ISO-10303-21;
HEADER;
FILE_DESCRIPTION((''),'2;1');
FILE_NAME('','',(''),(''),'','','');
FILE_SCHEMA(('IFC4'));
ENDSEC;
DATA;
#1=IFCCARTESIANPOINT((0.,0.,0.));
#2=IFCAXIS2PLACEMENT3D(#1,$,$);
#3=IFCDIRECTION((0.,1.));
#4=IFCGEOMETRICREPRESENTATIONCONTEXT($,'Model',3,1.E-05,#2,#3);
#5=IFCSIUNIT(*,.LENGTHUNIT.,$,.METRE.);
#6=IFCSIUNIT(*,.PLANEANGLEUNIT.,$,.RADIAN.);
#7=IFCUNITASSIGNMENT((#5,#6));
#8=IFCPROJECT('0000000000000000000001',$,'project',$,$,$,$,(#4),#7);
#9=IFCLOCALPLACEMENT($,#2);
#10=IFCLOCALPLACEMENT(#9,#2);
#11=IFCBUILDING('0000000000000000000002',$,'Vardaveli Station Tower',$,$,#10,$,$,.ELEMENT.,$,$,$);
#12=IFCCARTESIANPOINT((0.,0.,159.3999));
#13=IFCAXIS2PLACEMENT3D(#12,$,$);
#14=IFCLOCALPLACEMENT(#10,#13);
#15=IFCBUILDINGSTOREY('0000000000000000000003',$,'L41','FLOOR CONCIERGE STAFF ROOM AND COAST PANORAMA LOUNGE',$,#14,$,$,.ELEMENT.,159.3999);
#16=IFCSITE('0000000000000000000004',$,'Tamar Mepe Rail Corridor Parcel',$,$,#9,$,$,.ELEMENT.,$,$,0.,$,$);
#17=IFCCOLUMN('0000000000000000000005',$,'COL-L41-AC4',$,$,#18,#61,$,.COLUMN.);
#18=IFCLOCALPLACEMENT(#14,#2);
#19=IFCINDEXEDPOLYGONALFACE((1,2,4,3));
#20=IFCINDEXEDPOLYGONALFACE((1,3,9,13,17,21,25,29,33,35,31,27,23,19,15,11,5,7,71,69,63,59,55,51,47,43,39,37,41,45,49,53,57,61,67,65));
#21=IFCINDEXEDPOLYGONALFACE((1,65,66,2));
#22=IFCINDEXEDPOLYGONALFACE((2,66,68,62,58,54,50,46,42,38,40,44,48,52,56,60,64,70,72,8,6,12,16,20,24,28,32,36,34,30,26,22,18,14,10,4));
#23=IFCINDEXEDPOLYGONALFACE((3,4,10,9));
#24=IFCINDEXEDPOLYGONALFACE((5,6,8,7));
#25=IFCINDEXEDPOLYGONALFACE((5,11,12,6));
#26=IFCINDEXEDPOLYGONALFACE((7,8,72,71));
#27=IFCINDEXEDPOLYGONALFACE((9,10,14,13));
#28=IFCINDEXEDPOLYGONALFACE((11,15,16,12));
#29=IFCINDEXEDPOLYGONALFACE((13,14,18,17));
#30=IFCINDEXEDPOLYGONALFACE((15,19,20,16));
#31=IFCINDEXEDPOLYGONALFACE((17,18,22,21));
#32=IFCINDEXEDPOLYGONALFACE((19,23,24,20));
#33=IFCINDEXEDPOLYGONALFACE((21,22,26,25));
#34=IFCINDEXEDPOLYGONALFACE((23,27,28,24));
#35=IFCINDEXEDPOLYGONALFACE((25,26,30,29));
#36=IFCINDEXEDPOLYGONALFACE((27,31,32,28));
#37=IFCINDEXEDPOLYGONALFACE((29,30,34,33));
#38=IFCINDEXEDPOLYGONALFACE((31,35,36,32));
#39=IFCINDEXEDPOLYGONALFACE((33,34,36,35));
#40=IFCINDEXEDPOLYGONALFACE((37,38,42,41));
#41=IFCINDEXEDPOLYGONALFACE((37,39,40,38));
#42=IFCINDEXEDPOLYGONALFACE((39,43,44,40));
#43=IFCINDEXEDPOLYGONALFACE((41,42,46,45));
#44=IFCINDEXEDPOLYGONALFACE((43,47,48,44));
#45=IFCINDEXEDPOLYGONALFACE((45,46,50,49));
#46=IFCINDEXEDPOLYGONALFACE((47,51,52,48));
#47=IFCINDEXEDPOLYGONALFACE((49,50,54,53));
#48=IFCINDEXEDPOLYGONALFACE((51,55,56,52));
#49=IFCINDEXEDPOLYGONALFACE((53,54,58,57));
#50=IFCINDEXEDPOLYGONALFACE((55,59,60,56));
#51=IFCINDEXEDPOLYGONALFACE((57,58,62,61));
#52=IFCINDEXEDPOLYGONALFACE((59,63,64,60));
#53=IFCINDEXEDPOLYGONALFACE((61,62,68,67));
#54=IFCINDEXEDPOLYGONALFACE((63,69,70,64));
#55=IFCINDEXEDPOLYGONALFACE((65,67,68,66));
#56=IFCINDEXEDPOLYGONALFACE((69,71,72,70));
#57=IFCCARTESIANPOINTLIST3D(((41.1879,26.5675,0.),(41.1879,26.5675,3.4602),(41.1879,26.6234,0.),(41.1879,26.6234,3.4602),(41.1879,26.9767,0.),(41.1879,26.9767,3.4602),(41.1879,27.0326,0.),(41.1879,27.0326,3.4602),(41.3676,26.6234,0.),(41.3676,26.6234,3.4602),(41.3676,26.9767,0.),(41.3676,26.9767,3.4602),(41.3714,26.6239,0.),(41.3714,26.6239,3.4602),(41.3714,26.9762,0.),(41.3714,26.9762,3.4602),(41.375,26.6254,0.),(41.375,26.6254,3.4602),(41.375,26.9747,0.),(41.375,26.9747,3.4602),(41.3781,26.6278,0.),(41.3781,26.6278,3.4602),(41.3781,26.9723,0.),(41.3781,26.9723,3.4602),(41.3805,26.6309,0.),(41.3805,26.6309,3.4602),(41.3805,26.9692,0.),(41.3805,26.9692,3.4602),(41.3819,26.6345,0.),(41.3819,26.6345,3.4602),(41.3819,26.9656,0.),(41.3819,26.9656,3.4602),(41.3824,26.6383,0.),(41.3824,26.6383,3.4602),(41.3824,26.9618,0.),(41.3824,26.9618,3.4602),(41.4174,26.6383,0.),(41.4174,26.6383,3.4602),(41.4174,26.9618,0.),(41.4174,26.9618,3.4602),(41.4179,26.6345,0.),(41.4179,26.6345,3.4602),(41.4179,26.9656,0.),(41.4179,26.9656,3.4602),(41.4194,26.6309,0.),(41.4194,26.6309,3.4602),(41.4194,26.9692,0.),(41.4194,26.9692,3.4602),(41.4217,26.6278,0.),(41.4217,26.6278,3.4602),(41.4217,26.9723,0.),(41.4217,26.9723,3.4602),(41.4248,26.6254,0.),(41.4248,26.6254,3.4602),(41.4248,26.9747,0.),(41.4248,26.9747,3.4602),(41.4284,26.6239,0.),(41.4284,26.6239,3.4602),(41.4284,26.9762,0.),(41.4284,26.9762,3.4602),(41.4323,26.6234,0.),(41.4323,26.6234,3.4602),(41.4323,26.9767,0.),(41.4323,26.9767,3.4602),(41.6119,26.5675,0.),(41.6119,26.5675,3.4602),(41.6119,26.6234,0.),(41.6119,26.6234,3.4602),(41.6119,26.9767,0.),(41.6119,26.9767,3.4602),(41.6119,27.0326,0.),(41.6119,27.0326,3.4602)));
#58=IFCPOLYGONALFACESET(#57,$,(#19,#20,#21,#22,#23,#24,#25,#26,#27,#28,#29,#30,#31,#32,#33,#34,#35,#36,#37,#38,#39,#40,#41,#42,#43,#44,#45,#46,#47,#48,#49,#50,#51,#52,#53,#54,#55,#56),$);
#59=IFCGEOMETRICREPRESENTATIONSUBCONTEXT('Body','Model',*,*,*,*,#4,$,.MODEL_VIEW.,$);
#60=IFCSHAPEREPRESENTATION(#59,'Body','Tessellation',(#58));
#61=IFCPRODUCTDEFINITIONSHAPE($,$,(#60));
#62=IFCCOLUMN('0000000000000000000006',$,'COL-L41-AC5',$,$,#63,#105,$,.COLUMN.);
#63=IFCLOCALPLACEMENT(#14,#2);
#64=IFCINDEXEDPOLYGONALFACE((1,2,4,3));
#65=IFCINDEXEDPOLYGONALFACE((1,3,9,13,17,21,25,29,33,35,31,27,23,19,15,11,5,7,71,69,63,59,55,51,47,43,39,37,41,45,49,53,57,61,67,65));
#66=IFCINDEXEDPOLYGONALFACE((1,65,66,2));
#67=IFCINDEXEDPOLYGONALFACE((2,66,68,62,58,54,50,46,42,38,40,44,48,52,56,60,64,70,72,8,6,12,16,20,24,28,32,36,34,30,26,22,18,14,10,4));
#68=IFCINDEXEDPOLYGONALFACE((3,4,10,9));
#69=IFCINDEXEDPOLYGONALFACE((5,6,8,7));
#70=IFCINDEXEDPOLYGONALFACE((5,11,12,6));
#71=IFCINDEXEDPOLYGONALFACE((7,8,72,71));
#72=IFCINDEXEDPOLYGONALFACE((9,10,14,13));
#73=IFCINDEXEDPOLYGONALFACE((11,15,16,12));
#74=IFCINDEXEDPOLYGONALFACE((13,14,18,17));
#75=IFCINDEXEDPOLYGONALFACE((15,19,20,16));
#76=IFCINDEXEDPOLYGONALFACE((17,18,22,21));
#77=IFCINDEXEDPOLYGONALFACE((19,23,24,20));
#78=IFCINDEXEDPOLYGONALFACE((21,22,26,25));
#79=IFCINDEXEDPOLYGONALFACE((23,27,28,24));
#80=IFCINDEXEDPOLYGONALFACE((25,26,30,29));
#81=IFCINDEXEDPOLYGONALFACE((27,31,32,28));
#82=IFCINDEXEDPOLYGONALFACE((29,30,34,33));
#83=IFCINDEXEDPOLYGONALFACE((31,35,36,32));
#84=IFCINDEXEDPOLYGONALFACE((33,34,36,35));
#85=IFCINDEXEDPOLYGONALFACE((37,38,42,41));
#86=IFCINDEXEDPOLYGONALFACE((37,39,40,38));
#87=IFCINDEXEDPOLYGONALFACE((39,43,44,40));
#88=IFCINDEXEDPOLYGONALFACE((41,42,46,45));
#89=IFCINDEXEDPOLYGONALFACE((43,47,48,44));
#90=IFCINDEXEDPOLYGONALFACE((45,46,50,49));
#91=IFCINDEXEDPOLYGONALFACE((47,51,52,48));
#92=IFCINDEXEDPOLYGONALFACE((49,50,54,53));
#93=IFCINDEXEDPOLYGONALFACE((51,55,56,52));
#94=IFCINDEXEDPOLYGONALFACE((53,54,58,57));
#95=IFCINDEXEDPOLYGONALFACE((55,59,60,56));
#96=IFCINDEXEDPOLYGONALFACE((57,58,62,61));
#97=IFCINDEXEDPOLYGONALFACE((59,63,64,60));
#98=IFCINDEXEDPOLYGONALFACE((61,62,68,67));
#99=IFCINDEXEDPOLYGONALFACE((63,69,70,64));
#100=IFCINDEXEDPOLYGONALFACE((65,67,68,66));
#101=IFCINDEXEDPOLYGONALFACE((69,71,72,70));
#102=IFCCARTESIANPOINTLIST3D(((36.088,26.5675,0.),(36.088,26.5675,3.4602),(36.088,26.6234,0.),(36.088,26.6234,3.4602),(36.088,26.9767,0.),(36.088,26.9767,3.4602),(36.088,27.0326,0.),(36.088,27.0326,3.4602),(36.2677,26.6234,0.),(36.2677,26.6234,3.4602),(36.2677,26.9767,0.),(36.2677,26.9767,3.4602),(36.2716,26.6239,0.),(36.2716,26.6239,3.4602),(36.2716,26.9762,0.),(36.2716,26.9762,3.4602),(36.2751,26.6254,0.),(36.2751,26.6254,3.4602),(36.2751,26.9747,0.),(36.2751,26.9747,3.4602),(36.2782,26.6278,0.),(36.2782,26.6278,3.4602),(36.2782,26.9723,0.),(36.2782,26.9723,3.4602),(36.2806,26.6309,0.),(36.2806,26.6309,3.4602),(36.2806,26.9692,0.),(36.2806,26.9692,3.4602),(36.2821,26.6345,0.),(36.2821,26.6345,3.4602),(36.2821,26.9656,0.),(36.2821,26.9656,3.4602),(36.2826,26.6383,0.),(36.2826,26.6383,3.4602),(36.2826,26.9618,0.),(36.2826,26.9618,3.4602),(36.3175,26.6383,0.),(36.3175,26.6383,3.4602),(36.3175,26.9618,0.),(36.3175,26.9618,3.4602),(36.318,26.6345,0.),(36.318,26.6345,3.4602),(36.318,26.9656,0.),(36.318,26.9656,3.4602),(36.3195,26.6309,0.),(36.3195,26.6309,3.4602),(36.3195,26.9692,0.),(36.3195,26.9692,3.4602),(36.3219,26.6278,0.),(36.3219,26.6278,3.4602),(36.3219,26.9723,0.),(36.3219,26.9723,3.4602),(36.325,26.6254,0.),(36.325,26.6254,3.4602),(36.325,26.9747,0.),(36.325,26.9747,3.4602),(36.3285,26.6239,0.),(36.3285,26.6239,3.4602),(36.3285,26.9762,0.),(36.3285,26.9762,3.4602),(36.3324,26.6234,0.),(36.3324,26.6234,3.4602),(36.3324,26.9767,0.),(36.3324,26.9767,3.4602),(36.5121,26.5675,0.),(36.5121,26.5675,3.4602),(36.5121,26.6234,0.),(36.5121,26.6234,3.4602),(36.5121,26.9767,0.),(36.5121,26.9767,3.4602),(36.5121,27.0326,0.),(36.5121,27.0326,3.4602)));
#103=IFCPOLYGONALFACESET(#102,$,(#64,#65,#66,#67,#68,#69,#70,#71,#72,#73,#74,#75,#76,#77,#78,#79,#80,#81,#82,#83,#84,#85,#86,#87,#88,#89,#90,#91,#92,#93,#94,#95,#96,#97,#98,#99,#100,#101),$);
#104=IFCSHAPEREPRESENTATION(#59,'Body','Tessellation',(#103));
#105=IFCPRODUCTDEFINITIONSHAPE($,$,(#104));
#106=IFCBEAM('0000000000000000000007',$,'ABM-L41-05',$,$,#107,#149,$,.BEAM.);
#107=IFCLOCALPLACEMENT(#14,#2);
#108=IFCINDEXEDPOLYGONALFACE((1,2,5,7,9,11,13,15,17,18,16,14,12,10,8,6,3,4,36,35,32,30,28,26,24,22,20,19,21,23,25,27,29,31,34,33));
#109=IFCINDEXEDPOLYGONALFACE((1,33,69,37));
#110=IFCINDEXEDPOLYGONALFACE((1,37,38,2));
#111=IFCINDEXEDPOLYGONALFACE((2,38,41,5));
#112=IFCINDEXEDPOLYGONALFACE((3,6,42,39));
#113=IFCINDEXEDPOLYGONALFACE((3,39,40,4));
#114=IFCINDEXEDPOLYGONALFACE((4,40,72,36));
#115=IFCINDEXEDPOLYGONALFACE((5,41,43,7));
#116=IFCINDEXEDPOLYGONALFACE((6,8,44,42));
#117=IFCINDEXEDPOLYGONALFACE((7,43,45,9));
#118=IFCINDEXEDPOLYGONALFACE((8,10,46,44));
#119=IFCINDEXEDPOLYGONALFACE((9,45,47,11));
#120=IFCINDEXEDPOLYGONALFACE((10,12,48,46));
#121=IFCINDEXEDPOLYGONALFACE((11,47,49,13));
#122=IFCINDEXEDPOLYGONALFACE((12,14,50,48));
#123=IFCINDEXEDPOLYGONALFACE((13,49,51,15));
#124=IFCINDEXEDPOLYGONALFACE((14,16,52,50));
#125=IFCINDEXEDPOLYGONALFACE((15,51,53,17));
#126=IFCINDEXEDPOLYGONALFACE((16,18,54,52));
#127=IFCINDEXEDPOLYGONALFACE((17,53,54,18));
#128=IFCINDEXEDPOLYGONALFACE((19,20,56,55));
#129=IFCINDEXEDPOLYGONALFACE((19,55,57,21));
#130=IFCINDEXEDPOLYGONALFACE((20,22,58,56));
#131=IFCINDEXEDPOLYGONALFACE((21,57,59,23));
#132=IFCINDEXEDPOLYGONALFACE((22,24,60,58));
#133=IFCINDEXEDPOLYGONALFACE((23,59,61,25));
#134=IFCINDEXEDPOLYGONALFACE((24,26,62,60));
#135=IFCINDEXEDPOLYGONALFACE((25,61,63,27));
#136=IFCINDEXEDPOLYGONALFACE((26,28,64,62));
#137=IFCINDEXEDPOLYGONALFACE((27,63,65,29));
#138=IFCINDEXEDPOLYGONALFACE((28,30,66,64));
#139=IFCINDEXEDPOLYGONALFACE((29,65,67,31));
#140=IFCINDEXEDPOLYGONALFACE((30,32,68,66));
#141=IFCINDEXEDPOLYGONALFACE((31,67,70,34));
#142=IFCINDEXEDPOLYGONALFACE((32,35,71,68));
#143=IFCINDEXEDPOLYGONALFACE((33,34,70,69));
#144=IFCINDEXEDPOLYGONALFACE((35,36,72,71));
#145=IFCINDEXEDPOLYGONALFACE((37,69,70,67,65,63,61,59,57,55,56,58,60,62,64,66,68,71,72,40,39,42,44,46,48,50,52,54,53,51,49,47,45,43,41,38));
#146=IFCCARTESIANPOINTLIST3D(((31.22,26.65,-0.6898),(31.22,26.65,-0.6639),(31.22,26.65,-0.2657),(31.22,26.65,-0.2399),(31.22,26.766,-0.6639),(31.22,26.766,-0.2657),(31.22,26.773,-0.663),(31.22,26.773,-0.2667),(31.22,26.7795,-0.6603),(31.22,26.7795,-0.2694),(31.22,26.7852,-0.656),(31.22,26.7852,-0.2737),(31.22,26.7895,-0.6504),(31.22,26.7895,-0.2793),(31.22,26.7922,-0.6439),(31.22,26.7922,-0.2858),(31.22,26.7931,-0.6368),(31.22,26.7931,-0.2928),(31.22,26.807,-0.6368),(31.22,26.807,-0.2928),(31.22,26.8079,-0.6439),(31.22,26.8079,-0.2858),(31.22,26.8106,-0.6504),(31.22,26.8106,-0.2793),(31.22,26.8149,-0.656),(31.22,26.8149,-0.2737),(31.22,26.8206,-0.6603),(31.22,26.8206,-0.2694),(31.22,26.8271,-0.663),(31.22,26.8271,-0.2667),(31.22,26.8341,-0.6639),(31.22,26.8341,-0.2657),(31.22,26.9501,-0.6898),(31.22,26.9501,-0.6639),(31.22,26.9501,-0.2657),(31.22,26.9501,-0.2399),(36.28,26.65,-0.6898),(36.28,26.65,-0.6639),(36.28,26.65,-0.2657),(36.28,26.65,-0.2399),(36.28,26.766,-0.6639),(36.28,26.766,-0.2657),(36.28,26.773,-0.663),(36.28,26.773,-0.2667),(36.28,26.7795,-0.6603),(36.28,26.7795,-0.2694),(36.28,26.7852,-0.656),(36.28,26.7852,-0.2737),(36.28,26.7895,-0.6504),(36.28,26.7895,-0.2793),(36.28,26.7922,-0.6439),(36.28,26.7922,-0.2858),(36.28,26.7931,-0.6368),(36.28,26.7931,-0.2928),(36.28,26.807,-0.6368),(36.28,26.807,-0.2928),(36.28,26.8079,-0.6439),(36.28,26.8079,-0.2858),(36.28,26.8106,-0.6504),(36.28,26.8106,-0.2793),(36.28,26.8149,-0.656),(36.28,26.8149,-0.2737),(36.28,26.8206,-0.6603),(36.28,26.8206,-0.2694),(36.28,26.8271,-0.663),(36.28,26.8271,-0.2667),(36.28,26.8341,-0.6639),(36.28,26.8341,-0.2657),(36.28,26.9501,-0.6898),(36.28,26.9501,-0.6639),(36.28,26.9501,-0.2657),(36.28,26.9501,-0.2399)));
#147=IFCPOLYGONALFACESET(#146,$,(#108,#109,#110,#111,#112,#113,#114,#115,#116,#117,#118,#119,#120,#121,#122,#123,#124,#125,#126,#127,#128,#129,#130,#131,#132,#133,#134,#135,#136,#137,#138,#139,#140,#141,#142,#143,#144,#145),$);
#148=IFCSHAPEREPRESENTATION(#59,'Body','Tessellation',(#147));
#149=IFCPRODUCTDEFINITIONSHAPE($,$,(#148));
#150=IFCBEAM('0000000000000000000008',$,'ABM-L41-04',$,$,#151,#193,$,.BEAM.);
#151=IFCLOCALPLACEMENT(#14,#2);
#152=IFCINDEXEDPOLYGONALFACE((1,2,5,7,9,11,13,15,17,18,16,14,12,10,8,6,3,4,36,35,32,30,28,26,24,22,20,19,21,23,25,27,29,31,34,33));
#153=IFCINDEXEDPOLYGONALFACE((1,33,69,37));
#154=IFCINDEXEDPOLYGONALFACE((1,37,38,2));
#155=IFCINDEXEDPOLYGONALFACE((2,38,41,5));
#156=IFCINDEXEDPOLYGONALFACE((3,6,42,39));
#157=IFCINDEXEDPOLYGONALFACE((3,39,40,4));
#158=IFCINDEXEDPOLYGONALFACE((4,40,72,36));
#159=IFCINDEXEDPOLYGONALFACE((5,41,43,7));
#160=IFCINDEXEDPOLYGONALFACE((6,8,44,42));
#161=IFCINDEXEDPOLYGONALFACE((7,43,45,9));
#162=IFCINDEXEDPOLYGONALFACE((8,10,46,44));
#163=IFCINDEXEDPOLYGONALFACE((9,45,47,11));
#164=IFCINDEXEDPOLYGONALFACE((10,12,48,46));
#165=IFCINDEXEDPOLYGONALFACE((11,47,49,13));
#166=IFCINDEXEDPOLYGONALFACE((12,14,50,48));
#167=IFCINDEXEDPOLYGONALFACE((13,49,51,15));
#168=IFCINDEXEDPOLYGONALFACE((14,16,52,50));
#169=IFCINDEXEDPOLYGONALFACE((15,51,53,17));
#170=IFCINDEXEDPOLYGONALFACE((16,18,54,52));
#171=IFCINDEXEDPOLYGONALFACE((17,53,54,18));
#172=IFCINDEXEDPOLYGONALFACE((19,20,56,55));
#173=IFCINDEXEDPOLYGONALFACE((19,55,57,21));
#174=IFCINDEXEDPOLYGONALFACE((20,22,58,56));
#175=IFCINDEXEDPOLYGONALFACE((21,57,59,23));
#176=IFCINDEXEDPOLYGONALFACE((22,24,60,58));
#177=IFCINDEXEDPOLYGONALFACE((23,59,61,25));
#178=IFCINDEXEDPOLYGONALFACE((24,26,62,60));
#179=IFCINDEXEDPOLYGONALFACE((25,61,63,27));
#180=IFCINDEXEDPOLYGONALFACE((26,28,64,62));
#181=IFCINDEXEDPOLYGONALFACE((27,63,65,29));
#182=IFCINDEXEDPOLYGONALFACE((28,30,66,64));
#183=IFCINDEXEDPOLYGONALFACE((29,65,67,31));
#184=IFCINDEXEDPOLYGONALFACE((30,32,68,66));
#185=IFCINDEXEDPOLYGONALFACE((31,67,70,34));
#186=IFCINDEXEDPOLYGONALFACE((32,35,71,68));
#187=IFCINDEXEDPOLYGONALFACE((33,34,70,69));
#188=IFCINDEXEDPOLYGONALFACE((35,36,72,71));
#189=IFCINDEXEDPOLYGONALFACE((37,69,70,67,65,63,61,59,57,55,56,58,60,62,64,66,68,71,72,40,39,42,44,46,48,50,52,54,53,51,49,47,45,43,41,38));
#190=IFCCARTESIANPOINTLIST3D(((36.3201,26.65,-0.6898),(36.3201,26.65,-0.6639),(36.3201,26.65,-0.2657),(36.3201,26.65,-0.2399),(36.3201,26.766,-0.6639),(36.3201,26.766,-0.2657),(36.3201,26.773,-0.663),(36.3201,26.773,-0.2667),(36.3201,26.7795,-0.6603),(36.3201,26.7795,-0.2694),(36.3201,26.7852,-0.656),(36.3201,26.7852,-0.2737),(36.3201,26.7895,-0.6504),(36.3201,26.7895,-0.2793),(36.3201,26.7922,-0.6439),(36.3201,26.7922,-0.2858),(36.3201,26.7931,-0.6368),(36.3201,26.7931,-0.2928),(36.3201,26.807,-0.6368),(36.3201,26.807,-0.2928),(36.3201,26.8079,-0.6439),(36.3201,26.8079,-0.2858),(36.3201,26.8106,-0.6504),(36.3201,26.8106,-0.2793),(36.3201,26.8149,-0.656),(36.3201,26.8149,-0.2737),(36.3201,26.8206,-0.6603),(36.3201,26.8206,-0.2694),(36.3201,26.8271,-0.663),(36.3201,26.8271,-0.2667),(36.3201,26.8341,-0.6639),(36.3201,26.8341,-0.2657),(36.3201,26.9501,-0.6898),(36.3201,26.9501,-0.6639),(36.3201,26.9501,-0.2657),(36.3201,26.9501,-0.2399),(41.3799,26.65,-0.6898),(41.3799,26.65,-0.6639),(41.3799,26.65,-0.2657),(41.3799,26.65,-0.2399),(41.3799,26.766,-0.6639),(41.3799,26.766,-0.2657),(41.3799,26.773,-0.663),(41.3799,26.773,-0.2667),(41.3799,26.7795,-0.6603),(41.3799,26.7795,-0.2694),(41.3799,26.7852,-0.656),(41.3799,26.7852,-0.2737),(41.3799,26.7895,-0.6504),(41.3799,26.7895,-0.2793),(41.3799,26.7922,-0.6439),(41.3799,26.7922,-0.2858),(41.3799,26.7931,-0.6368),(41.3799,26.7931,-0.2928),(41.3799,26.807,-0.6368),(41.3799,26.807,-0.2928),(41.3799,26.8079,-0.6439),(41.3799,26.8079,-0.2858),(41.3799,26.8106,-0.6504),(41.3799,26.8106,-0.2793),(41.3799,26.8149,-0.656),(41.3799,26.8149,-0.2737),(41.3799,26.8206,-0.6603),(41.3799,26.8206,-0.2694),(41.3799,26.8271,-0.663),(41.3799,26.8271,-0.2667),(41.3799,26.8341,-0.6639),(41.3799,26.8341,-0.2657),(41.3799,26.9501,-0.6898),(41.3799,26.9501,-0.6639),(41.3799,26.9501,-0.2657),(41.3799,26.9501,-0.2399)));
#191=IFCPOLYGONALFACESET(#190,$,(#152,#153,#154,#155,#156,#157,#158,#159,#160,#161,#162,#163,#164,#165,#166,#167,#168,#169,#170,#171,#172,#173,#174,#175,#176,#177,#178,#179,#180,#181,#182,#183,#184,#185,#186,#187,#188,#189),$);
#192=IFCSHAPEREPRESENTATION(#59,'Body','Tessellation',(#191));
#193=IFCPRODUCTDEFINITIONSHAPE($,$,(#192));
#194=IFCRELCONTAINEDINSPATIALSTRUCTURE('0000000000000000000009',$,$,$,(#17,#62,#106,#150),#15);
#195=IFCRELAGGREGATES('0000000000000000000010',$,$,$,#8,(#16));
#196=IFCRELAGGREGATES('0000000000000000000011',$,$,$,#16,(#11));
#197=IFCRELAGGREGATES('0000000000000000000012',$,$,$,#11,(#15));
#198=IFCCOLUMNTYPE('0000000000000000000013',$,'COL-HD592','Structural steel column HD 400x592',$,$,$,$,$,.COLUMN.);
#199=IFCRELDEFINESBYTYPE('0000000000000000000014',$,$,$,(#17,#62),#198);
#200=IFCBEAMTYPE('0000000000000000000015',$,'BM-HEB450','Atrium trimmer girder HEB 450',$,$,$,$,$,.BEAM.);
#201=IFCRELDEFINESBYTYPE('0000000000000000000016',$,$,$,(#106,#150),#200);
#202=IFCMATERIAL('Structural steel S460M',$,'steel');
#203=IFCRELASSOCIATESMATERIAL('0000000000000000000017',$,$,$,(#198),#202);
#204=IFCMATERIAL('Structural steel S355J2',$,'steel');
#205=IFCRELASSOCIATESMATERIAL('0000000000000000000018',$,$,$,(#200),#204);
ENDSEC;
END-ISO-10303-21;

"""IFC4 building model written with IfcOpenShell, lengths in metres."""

from ifc_helpers import new_model, si_unit, direction, frame, origin, origin_2d, place, context, subcontext, project, spatial, i_section, extrude, source, transform, mapped, material, material_profile, profile_set, type_object, element, save


model = new_model("IFC4")

# Units and contexts
model_context = context("Model", 3, precision=1e-05, world=origin(), true_north=direction((0.0, 1.0)))
body_context = subcontext(model_context, "Body", "Model", "MODEL_VIEW")
ifc_project = project(units=[si_unit("LENGTHUNIT", "METRE"), si_unit("PLANEANGLEUNIT", "RADIAN")], contexts=[model_context])

# Site, building, storey
site_placement = place(None, origin())
site = spatial("IfcSite", under=ifc_project, at=site_placement, Name="Tamar Mepe Rail Corridor Parcel", CompositionType="ELEMENT", RefElevation=0.0)
building_placement = place(site_placement, origin())
building = spatial("IfcBuilding", under=site, at=building_placement, Name="Vardaveli Station Tower", CompositionType="ELEMENT")
storey_placement = place(building_placement, frame((0.0, 0.0, 159.3999)))
storey = spatial("IfcBuildingStorey", under=building, at=storey_placement, Name="L41", Description="FLOOR CONCIERGE STAFF ROOM AND COAST PANORAMA LOUNGE", CompositionType="ELEMENT", Elevation=159.3999)

# Columns
ifc_material_1 = material(Name="Structural steel S460M", Category="steel")
ifc_material_profile_1 = material_profile(ifc_material_1, i_section(OverallWidth=0.4241, OverallDepth=0.4651, WebThickness=0.0349, FlangeThickness=0.0559, FilletRadius=0.0149, at=origin_2d()), Name="HD 400x592")
ifc_profile_set_1 = profile_set([ifc_material_profile_1], Name="Structural steel S460M")
column_type = type_object("IfcColumnType", Name="COL-HD592", Description="Structural steel column HD 400x592", PredefinedType="COLUMN", material=ifc_profile_set_1)
shared_shape_1 = source(origin(), body_context, "Body", "SweptSolid", [
    extrude(i_section(OverallWidth=0.4241, OverallDepth=0.4651, WebThickness=0.0349, FlangeThickness=0.0559, FilletRadius=0.0149, at=origin_2d()), origin(), (0.0, 0.0, 1.0), 3.4602),
])
for number, where, z_axis, x_axis, name in (
    (1, (41.3999, 26.8, 0.0), (0.0, 0.0, 1.0), (1.0, 0.0, 0.0), "COL-L41-AC4"),
    (2, (36.3, 26.8, 0.0), (0.0, 0.0, 1.0), (1.0, 0.0, 0.0), "COL-L41-AC5"),
):
    element("IfcColumn", number, at=place(storey_placement, frame(where, z_axis=z_axis, x_axis=x_axis)), inside=storey, type_object=column_type, Name=name, PredefinedType="COLUMN", context=body_context, shape_type="MappedRepresentation", body=[
        mapped(shared_shape_1, transform((0.0, 0.0, 0.0), scale=1.0)),
    ])

# Beams
ifc_material_2 = material(Name="Structural steel S355J2", Category="steel")
ifc_material_profile_2 = material_profile(ifc_material_2, i_section(OverallWidth=0.3, OverallDepth=0.45, WebThickness=0.0139, FlangeThickness=0.0259, FilletRadius=0.0271, at=origin_2d()), Name="HEB 450")
ifc_profile_set_2 = profile_set([ifc_material_profile_2], Name="Structural steel S355J2")
beam_type_1 = type_object("IfcBeamType", Name="BM-HEB450", Description="Atrium trimmer girder HEB 450", PredefinedType="BEAM", material=ifc_profile_set_2)
shared_shape_2 = source(origin(), body_context, "Body", "SweptSolid", [
    extrude(i_section(OverallWidth=0.3, OverallDepth=0.45, WebThickness=0.0139, FlangeThickness=0.0259, FilletRadius=0.0271, at=origin_2d()), origin(), (0.0, 0.0, 1.0), 5.0601),
])
beam_1_placement = place(storey_placement, frame((36.28, 26.8, -0.4648), z_axis=(-1.0, 0.0, 0.0), x_axis=(0.0, -1.0, 0.0)))
element("IfcBeam", 3, at=beam_1_placement, inside=storey, type_object=beam_type_1, Name="ABM-L41-05", PredefinedType="BEAM", context=body_context, shape_type="MappedRepresentation", body=[
    mapped(shared_shape_2, transform((0.0, 0.0, 0.0), scale=1.0)),
])
shared_shape_3 = source(origin(), body_context, "Body", "SweptSolid", [
    extrude(i_section(OverallWidth=0.3, OverallDepth=0.45, WebThickness=0.0139, FlangeThickness=0.0259, FilletRadius=0.0271, at=origin_2d()), origin(), (0.0, 0.0, 1.0), 5.0598),
])
beam_2_placement = place(storey_placement, frame((41.3799, 26.8, -0.4648), z_axis=(-1.0, 0.0, 0.0), x_axis=(0.0, -1.0, 0.0)))
element("IfcBeam", 4, at=beam_2_placement, inside=storey, type_object=beam_type_1, Name="ABM-L41-04", PredefinedType="BEAM", context=body_context, shape_type="MappedRepresentation", body=[
    mapped(shared_shape_3, transform((0.0, 0.0, 0.0), scale=1.0)),
])

save(model, "model.ifc")
